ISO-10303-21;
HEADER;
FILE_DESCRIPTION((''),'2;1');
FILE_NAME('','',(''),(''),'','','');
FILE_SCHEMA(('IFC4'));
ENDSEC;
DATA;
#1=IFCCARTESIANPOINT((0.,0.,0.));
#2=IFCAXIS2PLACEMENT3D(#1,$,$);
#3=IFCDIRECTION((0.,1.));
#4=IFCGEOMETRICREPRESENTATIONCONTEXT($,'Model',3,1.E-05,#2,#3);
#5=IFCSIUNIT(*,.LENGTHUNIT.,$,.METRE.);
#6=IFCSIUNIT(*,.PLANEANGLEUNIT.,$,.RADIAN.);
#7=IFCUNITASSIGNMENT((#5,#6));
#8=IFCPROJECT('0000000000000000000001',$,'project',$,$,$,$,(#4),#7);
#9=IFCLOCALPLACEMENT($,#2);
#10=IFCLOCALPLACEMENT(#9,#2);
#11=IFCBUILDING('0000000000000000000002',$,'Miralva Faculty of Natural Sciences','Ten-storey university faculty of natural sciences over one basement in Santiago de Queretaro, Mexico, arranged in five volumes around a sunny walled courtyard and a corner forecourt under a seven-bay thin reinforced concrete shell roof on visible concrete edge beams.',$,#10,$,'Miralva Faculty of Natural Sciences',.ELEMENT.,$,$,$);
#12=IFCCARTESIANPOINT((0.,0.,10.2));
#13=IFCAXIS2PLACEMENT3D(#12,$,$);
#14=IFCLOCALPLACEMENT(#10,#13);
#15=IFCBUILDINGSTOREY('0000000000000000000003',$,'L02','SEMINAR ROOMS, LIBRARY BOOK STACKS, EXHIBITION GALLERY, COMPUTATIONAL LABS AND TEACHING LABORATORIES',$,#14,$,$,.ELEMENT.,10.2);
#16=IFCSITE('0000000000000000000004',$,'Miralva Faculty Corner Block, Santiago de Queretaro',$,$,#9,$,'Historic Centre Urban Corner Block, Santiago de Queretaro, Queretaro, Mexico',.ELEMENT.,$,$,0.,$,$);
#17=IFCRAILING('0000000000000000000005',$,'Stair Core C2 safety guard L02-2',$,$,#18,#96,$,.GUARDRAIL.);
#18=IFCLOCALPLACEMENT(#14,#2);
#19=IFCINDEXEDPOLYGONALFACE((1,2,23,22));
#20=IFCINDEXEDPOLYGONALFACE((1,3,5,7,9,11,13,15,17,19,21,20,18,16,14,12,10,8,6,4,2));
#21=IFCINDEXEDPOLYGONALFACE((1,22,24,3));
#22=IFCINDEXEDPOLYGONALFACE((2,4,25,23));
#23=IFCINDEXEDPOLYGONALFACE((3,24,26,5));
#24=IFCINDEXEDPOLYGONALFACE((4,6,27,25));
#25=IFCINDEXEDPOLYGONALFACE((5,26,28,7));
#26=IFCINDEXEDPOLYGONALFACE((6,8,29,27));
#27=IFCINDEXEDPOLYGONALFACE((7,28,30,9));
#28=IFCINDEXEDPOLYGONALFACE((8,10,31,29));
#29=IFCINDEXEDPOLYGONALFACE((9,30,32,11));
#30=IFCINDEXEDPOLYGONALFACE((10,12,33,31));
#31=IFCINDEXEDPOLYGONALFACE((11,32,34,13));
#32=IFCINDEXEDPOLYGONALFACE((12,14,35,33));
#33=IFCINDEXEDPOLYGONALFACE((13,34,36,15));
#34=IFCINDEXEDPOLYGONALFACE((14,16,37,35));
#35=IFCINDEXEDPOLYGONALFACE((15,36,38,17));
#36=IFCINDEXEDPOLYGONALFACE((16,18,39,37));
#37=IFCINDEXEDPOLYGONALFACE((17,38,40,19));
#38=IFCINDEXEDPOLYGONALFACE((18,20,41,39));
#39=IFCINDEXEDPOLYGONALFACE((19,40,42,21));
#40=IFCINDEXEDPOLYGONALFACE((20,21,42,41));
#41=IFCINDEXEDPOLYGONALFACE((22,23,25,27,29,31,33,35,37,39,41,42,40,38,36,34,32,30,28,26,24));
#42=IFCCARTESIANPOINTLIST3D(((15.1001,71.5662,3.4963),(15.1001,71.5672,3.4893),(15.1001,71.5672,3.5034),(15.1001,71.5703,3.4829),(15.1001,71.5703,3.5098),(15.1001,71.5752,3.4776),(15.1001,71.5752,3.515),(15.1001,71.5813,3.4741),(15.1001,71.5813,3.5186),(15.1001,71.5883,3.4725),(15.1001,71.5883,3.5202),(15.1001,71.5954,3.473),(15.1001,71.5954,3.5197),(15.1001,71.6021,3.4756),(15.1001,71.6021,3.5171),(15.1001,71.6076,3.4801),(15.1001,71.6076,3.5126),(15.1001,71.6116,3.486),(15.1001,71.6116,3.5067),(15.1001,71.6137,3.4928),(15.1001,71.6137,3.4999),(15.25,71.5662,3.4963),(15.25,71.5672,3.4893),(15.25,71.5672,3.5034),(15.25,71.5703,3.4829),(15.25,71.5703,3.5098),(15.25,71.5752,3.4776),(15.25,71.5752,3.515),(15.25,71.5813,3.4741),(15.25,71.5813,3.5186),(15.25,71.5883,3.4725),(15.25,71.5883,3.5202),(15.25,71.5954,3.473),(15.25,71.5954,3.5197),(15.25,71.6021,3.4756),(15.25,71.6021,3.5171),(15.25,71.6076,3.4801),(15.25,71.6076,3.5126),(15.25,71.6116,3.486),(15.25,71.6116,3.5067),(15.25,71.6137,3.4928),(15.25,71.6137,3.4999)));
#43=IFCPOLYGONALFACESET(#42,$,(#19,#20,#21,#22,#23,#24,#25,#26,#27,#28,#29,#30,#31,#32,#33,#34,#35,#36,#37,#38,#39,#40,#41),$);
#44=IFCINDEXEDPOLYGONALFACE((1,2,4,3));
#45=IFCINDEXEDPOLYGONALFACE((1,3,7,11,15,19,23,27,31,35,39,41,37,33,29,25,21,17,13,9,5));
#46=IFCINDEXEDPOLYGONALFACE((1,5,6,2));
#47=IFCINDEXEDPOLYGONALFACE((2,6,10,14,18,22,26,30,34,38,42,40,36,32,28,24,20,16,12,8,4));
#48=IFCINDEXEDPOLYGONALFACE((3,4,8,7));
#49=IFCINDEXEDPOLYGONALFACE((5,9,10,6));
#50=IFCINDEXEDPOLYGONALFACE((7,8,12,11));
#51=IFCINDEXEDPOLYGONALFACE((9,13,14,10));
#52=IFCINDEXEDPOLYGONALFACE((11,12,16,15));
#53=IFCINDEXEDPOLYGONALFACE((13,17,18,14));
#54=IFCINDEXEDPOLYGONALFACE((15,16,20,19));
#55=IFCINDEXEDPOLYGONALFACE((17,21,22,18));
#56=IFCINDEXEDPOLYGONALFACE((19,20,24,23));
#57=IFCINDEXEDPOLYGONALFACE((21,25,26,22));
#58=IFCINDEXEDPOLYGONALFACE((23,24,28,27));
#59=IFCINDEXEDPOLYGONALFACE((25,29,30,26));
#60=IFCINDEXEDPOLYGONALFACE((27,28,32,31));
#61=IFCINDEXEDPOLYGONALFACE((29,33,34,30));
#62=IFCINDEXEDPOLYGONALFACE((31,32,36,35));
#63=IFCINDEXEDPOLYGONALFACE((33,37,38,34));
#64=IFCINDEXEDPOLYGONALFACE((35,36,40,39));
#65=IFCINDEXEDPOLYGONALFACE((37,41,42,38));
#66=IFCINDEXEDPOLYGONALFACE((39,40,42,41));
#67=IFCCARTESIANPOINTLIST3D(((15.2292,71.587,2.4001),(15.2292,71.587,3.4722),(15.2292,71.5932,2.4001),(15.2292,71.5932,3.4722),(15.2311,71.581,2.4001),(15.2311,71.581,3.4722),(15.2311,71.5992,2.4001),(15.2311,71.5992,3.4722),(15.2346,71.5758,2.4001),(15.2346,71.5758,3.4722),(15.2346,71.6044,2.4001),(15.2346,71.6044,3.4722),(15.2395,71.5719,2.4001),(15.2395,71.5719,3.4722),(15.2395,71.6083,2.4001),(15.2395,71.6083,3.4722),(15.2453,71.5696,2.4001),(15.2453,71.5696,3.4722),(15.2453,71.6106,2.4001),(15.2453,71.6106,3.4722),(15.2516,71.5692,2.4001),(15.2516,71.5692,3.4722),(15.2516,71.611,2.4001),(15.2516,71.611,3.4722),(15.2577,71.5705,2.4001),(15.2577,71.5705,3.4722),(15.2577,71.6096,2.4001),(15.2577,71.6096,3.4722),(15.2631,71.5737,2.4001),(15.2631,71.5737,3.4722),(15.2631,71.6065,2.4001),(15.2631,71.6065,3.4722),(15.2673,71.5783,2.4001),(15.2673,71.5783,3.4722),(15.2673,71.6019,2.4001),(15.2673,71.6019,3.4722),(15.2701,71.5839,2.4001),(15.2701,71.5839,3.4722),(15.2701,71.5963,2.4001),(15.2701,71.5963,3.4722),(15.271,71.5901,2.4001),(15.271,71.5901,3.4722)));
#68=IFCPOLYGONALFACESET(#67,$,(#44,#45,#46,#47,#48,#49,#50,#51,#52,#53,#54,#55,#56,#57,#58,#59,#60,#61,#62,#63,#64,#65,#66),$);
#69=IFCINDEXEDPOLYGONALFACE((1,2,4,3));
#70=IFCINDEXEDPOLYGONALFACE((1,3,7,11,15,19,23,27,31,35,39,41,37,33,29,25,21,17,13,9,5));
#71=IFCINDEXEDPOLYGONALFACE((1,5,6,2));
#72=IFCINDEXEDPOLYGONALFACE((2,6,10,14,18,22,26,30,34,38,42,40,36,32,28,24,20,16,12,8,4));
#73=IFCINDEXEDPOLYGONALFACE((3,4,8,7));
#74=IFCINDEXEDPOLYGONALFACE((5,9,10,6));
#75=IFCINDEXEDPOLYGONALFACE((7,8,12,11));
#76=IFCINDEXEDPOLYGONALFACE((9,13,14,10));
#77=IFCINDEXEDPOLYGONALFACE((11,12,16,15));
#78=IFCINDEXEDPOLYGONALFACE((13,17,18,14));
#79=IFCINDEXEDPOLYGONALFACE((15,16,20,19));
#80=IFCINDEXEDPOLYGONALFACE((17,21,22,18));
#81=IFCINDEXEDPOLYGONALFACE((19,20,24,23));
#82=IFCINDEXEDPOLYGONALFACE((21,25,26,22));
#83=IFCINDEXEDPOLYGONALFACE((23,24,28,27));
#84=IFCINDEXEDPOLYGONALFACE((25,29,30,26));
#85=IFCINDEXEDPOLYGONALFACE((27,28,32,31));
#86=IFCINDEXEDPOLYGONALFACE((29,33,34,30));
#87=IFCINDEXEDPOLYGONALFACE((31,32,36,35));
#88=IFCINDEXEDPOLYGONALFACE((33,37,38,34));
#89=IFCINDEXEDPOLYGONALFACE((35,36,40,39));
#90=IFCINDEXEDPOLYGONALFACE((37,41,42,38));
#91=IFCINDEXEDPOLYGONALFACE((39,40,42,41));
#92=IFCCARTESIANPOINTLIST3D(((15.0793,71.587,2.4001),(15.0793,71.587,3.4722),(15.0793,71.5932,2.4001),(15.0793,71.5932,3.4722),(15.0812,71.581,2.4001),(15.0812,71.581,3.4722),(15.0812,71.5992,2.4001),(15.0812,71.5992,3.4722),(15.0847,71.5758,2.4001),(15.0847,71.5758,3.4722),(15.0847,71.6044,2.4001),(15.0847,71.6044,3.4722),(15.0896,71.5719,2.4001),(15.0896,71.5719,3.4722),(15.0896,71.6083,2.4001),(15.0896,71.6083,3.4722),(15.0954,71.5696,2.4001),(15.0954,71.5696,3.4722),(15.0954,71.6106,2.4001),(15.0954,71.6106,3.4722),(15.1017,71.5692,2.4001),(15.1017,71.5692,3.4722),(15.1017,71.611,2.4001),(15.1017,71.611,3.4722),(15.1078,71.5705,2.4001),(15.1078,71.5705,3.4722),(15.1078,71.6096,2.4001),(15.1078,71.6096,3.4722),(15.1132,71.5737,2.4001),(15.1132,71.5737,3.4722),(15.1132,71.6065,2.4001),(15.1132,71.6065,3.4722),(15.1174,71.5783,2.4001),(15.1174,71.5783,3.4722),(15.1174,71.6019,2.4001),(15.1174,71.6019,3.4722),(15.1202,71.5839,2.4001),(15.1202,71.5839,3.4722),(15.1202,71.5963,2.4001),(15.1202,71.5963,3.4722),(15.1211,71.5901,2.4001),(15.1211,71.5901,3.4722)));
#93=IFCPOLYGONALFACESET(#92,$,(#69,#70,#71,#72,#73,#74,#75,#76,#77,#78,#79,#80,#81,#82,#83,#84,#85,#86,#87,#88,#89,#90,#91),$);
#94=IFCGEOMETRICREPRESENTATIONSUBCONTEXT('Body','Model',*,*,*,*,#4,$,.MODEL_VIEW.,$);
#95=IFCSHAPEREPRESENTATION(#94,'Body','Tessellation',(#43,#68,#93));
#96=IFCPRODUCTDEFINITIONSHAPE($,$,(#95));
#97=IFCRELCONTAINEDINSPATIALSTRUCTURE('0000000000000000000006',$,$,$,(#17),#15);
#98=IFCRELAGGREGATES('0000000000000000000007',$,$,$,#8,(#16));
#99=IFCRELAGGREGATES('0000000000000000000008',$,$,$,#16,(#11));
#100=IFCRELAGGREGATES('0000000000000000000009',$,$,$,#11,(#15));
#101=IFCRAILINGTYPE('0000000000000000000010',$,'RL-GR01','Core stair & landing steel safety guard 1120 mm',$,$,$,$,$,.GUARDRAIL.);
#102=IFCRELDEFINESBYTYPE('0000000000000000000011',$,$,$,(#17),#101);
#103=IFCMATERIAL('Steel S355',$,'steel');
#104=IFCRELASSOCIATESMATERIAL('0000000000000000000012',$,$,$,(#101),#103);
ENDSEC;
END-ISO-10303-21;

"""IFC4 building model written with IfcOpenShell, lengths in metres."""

from ifc_helpers import new_model, si_unit, direction, frame, origin, origin_2d, place, context, subcontext, project, spatial, circle, extrude, material, type_object, element, save


model = new_model("IFC4")

# Units and contexts
model_context = context("Model", 3, precision=1e-05, world=origin(), true_north=direction((0.0, 1.0)))
body_context = subcontext(model_context, "Body", "Model", "MODEL_VIEW")
ifc_project = project(units=[si_unit("LENGTHUNIT", "METRE"), si_unit("PLANEANGLEUNIT", "RADIAN")], contexts=[model_context])

# Site, building, storey
site_placement = place(None, origin())
site = spatial("IfcSite", under=ifc_project, at=site_placement, Name="Miralva Faculty Corner Block, Santiago de Queretaro", LongName="Historic Centre Urban Corner Block, Santiago de Queretaro, Queretaro, Mexico", CompositionType="ELEMENT", RefElevation=0.0)
building_placement = place(site_placement, origin())
building = spatial("IfcBuilding", under=site, at=building_placement, Name="Miralva Faculty of Natural Sciences", Description="Ten-storey university faculty of natural sciences over one basement in Santiago de Queretaro, Mexico, arranged in five volumes around a sunny walled courtyard and a corner forecourt under a seven-bay thin reinforced concrete shell roof on visible concrete edge beams.", LongName="Miralva Faculty of Natural Sciences", CompositionType="ELEMENT")
storey_placement = place(building_placement, frame((0.0, 0.0, 10.2)))
storey = spatial("IfcBuildingStorey", under=building, at=storey_placement, Name="L02", Description="SEMINAR ROOMS, LIBRARY BOOK STACKS, EXHIBITION GALLERY, COMPUTATIONAL LABS AND TEACHING LABORATORIES", CompositionType="ELEMENT", Elevation=10.2)

# Railing
ifc_material_1 = material(Name="Steel S355", Category="steel")
railing_type_1 = type_object("IfcRailingType", Name="RL-GR01", Description="Core stair & landing steel safety guard 1120 mm", PredefinedType="GUARDRAIL", material=ifc_material_1)
railing_1_placement = place(storey_placement, frame((15.25, 71.5901, 2.4001)))
element("IfcRailing", 1, at=railing_1_placement, inside=storey, type_object=railing_type_1, Name="Stair Core C2 safety guard L02-2", PredefinedType="GUARDRAIL", context=body_context, shape_type="SweptSolid", body=[
    extrude(circle(Radius=0.0239, at=origin_2d()), frame((0.0, 0.0, 1.0962), z_axis=(-1.0, 0.0, 0.0), x_axis=(0.0, -1.0, 0.0)), (0.0, 0.0, 1.0), 0.1499),
    extrude(circle(Radius=0.021, at=origin_2d()), origin(), (0.0, 0.0, 1.0), 1.072),
    extrude(circle(Radius=0.021, at=origin_2d()), frame((-0.1499, 0.0, 0.0)), (0.0, 0.0, 1.0), 1.072),
])

save(model, "model.ifc")
